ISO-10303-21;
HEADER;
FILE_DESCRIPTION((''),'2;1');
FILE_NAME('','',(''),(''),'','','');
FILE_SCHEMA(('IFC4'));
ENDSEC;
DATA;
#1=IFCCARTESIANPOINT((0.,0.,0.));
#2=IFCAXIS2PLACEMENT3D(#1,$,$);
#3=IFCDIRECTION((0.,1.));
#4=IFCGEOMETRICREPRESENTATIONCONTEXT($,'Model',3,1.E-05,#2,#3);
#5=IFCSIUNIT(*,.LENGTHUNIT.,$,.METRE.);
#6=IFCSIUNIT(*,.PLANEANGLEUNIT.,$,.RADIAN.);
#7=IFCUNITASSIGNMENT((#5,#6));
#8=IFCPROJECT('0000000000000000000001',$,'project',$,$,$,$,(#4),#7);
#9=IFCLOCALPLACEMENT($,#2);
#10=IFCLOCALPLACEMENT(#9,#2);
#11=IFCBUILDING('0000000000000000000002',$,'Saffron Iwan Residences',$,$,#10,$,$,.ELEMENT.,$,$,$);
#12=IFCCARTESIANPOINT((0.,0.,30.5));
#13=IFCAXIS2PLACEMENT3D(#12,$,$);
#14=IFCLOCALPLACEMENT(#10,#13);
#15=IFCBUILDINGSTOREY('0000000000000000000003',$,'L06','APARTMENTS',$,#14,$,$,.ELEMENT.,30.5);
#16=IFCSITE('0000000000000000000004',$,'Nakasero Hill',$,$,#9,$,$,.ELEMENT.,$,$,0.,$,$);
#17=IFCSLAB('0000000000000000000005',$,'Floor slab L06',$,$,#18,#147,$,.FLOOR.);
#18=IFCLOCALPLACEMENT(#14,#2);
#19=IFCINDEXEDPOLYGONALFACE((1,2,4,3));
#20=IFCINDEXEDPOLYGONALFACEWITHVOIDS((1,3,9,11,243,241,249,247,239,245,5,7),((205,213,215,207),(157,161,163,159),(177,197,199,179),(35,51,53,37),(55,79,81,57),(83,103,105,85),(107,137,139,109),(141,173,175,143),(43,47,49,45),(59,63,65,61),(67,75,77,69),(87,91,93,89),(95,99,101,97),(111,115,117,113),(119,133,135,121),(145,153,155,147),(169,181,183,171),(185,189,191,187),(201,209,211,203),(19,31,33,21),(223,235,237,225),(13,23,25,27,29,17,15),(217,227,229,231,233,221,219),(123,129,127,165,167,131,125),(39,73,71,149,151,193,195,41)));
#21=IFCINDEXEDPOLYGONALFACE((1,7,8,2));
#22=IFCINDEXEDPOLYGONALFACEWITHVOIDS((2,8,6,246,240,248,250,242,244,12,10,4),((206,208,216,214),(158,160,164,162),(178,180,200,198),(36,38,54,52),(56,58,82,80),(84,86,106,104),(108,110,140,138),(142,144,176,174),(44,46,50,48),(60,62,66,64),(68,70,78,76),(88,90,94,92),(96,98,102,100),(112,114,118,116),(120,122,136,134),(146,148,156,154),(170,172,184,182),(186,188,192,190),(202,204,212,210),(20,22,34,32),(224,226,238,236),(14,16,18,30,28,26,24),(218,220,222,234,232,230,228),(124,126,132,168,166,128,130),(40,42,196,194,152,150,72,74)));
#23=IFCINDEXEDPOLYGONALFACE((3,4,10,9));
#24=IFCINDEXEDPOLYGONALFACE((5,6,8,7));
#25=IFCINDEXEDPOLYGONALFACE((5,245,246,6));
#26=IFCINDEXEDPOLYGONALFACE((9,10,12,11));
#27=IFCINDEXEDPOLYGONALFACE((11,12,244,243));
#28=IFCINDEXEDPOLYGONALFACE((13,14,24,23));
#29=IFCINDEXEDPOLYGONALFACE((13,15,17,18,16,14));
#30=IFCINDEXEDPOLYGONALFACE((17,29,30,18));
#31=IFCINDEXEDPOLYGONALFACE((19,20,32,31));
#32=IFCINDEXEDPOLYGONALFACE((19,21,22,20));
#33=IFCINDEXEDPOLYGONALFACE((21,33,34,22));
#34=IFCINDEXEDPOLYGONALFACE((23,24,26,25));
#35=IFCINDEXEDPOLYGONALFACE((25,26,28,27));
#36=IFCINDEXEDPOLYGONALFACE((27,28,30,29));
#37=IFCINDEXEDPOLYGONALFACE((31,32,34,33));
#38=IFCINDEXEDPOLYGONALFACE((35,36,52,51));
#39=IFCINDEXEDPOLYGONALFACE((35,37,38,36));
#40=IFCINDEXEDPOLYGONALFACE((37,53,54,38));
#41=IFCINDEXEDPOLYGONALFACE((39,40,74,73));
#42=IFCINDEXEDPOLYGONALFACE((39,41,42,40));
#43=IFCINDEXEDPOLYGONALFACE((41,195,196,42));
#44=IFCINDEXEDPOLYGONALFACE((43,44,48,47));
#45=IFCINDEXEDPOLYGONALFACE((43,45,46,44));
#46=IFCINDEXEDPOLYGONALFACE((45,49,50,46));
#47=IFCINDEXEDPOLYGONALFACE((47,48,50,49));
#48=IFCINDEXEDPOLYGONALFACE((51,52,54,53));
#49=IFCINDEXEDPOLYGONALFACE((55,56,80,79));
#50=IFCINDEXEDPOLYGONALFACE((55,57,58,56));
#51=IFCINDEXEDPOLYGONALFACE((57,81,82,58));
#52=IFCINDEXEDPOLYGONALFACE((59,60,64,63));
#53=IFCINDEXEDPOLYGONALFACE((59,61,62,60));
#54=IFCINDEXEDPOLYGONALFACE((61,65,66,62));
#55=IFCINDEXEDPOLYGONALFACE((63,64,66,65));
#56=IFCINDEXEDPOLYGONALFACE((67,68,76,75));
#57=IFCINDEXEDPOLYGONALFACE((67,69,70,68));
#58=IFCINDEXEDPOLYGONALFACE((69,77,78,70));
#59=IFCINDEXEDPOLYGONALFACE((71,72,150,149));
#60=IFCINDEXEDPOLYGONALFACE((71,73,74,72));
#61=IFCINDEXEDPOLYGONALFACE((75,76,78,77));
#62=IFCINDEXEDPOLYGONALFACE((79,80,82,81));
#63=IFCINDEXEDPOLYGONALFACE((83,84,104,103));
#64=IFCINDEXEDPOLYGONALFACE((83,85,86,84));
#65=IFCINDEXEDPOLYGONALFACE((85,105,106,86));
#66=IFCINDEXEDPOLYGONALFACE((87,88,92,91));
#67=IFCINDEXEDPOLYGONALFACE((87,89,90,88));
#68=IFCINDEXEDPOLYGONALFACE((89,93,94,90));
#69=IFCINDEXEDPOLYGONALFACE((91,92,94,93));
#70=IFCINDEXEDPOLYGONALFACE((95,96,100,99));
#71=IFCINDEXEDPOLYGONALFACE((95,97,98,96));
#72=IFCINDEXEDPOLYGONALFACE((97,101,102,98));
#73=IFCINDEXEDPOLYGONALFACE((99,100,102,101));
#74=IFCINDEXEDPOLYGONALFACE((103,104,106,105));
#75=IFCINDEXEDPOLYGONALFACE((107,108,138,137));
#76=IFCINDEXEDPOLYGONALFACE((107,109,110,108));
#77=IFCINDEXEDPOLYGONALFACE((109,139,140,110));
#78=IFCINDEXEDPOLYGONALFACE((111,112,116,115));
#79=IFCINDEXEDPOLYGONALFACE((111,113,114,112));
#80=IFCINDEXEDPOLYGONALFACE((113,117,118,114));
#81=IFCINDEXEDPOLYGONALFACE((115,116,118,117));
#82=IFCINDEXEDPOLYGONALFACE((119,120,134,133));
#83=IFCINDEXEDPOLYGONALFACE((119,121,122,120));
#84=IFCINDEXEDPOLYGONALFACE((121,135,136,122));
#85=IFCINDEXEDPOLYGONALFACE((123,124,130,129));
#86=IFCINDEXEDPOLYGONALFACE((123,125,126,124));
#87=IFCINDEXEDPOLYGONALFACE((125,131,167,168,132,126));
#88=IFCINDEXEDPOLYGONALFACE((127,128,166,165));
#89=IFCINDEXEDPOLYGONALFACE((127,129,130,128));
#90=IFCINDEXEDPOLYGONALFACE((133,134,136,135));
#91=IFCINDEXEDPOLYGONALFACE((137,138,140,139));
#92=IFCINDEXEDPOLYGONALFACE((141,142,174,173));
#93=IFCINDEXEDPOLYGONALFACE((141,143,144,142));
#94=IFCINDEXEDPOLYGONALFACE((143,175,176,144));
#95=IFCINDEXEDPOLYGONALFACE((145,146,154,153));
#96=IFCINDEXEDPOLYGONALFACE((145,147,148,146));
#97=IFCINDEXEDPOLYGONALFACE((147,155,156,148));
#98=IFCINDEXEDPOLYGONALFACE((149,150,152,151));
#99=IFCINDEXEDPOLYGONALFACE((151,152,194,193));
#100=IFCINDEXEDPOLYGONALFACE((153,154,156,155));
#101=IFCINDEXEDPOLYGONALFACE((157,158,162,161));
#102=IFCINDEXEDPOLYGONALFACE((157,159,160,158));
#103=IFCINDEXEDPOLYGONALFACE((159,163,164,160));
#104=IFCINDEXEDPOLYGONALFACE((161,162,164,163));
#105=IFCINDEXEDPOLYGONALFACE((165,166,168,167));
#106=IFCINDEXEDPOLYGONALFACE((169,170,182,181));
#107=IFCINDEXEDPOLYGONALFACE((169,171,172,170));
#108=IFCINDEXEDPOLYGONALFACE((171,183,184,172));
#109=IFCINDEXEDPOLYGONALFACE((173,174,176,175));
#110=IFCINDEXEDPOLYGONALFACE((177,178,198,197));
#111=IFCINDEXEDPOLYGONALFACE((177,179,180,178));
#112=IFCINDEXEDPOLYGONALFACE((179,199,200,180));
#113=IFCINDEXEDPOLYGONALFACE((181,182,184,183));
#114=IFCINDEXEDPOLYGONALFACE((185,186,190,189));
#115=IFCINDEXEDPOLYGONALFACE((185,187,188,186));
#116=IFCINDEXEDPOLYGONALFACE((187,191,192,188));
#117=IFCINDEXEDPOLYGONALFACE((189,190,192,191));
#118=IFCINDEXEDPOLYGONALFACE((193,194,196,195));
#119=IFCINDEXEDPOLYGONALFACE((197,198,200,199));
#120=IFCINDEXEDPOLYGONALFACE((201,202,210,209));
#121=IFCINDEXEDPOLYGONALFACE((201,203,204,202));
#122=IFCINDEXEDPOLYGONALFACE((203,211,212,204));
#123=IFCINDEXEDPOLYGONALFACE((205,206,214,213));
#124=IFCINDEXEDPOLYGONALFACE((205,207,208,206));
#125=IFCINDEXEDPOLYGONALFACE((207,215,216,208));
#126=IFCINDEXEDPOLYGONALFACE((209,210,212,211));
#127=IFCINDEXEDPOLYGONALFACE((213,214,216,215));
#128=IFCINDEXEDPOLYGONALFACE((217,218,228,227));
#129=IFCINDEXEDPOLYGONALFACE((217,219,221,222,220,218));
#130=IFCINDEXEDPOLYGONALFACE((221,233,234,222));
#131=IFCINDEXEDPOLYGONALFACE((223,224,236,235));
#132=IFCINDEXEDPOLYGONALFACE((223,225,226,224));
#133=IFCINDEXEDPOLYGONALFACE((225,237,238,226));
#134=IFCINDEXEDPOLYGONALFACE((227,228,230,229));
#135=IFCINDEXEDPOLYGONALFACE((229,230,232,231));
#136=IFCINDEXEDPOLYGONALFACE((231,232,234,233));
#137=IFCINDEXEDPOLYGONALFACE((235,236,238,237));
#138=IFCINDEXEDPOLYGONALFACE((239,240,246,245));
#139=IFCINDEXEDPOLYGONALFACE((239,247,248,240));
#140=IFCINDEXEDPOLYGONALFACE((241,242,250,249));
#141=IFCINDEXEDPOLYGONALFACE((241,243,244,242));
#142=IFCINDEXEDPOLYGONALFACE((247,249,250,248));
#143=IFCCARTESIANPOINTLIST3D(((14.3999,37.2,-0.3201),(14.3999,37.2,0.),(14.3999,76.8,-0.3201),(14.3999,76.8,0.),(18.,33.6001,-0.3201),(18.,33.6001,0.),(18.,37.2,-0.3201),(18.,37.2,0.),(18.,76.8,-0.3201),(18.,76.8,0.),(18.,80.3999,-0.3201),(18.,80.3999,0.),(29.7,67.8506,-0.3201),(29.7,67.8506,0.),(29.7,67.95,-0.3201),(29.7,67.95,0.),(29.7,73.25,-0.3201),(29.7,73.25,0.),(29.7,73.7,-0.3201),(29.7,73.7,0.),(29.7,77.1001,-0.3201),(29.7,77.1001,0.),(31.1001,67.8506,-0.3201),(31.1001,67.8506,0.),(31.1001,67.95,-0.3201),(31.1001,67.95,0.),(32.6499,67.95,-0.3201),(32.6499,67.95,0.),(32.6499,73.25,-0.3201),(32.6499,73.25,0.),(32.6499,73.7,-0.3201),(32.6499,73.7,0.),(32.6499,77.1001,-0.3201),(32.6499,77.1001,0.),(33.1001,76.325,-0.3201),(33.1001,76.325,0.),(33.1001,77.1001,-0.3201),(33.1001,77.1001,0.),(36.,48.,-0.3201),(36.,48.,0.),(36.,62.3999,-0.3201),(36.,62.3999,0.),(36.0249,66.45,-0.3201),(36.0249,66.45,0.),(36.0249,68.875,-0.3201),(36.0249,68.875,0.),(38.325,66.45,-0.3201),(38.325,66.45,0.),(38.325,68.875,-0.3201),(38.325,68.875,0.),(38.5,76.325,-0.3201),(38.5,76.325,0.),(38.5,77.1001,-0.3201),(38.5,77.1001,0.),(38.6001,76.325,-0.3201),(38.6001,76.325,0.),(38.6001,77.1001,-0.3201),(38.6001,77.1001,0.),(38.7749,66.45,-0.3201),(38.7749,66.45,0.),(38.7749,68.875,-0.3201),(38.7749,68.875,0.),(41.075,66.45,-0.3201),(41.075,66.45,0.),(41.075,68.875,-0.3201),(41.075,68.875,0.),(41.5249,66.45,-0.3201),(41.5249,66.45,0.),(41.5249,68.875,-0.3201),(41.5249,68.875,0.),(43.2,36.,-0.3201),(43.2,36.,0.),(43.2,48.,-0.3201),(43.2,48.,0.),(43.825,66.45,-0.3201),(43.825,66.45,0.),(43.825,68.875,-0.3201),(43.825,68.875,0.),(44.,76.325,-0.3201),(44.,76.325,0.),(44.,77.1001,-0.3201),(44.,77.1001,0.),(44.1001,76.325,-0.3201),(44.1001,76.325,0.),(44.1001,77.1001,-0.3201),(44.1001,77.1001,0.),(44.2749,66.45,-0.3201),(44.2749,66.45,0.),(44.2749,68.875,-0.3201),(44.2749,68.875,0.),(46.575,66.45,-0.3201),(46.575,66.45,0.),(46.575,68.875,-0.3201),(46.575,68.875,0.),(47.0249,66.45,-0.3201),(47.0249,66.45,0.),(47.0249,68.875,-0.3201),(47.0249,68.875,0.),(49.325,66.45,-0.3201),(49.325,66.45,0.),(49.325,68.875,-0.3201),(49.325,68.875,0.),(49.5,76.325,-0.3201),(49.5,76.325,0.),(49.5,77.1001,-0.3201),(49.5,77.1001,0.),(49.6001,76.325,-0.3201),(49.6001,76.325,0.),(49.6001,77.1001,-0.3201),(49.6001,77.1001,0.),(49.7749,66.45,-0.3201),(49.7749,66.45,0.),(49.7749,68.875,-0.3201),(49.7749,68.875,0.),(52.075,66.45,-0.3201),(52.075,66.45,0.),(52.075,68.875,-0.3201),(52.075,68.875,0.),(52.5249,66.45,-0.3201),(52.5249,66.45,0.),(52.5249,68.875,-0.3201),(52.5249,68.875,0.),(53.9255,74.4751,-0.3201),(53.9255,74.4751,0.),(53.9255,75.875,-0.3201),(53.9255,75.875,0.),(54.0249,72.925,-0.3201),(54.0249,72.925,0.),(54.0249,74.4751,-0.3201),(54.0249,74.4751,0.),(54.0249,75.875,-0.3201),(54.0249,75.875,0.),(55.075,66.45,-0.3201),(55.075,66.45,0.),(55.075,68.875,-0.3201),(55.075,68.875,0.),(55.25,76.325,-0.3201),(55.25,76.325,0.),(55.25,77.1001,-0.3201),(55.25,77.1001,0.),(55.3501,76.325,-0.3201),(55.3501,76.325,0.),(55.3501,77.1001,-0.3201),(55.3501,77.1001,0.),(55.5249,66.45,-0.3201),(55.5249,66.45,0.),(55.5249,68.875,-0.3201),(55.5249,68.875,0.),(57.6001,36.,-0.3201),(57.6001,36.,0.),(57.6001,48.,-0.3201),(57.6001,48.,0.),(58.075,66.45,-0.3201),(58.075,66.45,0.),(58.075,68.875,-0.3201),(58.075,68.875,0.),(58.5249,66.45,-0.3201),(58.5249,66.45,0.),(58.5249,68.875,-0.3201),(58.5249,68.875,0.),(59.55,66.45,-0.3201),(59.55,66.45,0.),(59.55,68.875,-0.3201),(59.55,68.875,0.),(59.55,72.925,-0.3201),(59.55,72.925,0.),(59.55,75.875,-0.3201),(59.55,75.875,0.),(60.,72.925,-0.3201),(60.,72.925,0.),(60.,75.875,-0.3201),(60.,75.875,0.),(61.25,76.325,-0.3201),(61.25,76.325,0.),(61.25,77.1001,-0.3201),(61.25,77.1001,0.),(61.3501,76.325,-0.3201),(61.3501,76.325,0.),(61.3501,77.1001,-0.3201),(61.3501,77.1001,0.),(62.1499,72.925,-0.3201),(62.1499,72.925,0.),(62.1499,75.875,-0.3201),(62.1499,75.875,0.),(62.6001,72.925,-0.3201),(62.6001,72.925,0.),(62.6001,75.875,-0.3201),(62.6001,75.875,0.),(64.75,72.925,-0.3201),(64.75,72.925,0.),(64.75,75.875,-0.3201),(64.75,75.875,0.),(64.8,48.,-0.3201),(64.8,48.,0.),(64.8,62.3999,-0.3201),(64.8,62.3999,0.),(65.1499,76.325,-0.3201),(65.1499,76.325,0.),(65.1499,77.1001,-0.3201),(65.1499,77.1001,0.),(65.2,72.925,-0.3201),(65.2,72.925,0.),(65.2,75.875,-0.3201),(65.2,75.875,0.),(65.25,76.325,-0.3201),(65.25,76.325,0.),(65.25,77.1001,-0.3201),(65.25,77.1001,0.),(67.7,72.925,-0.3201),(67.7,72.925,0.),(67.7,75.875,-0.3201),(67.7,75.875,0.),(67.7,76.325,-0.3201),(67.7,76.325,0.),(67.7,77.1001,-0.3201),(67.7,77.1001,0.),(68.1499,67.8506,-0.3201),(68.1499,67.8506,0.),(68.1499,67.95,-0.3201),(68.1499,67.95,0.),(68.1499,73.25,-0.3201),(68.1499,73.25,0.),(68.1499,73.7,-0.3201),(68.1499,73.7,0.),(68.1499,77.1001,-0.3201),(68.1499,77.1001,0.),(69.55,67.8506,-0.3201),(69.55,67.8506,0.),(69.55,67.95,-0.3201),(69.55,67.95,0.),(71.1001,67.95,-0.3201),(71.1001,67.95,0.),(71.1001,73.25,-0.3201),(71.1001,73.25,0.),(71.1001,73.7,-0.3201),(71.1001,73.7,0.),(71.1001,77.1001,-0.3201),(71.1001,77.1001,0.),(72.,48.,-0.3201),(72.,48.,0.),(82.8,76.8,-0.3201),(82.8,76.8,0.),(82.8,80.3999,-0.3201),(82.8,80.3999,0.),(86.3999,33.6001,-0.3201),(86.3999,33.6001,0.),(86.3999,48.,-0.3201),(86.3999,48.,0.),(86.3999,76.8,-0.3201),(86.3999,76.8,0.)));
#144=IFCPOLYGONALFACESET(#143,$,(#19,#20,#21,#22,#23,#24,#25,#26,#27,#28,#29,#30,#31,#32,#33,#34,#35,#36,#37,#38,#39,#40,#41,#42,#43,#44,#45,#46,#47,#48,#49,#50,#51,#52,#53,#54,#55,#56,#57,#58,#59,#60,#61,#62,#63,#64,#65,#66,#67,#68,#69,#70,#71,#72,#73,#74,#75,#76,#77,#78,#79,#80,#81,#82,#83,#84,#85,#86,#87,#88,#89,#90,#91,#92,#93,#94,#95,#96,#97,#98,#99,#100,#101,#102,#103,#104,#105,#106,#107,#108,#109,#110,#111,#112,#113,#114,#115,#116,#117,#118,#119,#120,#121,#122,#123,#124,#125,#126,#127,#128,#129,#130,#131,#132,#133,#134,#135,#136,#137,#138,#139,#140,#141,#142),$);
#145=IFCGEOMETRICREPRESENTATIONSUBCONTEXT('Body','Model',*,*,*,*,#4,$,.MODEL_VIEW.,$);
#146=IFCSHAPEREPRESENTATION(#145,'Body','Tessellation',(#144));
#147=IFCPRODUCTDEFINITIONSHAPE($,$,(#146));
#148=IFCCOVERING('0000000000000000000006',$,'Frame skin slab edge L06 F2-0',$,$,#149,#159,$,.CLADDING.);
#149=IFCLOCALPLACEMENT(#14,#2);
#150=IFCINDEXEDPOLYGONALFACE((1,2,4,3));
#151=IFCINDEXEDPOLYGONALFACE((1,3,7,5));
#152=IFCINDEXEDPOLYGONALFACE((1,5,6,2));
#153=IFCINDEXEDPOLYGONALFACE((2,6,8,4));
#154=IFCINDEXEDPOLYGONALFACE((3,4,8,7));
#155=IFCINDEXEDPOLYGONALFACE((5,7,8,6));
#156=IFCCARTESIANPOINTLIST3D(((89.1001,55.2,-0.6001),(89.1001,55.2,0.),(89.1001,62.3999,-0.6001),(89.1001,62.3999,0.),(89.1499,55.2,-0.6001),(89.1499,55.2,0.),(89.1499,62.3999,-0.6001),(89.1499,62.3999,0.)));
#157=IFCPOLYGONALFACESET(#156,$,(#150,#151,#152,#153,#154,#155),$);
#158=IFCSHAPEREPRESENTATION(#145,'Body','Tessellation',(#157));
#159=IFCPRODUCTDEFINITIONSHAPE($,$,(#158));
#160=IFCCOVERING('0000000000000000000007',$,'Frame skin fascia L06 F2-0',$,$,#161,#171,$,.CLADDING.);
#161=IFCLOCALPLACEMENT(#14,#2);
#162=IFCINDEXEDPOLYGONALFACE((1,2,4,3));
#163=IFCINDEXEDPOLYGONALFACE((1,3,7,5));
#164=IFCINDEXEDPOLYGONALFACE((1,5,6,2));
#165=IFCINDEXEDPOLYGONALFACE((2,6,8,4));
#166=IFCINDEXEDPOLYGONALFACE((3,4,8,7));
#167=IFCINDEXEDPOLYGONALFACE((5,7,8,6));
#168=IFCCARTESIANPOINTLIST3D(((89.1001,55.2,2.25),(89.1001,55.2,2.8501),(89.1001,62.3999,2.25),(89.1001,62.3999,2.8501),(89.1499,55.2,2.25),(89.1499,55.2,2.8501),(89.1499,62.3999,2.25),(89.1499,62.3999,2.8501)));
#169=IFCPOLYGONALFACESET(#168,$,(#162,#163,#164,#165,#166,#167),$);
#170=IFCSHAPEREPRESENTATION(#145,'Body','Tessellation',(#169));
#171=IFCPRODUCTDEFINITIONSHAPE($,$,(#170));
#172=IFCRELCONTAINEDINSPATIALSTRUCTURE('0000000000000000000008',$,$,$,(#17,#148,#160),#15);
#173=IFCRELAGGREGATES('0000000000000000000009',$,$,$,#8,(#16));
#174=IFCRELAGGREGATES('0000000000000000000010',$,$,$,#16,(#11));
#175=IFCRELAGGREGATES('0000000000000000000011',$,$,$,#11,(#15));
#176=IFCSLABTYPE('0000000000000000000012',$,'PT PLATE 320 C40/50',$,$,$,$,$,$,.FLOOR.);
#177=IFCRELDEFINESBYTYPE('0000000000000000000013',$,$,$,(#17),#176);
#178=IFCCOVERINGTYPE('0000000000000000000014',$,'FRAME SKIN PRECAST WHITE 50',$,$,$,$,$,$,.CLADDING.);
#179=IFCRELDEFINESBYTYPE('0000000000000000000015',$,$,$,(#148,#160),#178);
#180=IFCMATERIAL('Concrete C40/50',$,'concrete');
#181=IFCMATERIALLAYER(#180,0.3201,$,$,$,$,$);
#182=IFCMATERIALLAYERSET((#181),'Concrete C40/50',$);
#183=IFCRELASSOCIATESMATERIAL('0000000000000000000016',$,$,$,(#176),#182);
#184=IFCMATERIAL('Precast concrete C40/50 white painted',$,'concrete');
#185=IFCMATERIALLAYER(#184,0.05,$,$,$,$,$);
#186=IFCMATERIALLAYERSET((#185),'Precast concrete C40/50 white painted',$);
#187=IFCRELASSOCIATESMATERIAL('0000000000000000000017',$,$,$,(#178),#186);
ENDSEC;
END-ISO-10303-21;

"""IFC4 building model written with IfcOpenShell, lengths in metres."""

from ifc_helpers import new_model, si_unit, direction, frame, origin, place, context, subcontext, project, spatial, polyline, outline, extrude, material, layer, layer_set, type_object, element, save


model = new_model("IFC4")

# Units and contexts
model_context = context("Model", 3, precision=1e-05, world=origin(), true_north=direction((0.0, 1.0)))
body_context = subcontext(model_context, "Body", "Model", "MODEL_VIEW")
ifc_project = project(units=[si_unit("LENGTHUNIT", "METRE"), si_unit("PLANEANGLEUNIT", "RADIAN")], contexts=[model_context])

# Site, building, storey
site_placement = place(None, origin())
site = spatial("IfcSite", under=ifc_project, at=site_placement, Name="Nakasero Hill", CompositionType="ELEMENT", RefElevation=0.0)
building_placement = place(site_placement, origin())
building = spatial("IfcBuilding", under=site, at=building_placement, Name="Saffron Iwan Residences", CompositionType="ELEMENT")
storey_placement = place(building_placement, frame((0.0, 0.0, 30.5)))
storey = spatial("IfcBuildingStorey", under=building, at=storey_placement, Name="L06", Description="APARTMENTS", CompositionType="ELEMENT", Elevation=30.5)

# Slab
ifc_material_1 = material(Name="Concrete C40/50", Category="concrete")
ifc_layer_1 = layer(ifc_material_1, 0.3201)
ifc_layer_set_1 = layer_set([ifc_layer_1], Name="Concrete C40/50")
slab_type_1 = type_object("IfcSlabType", Name="PT PLATE 320 C40/50", PredefinedType="FLOOR", material=ifc_layer_set_1)
slab_1_placement = place(storey_placement, frame((0.0, 0.0, -0.3201)))
element("IfcSlab", 1, at=slab_1_placement, inside=storey, type_object=slab_type_1, Name="Floor slab L06", PredefinedType="FLOOR", context=body_context, shape_type="SweptSolid", body=[
    extrude(outline(polyline([(14.3999, 37.2), (14.3999, 76.8), (18.0, 76.8), (18.0, 80.3999), (82.8, 80.3999), (82.8, 76.8), (86.3999, 76.8), (86.3999, 48.0), (72.0, 48.0), (86.3999, 33.6001), (18.0, 33.6001), (18.0, 37.2), (14.3999, 37.2)]), holes=[polyline([(64.8, 48.0), (64.8, 62.3999), (36.0, 62.3999), (36.0, 48.0), (43.2, 48.0), (43.2, 36.0), (57.6001, 36.0), (57.6001, 48.0), (64.8, 48.0)]), polyline([(38.325, 68.875), (36.0249, 68.875), (36.0249, 66.45), (38.325, 66.45), (38.325, 68.875)]), polyline([(41.075, 66.45), (41.075, 68.875), (38.7749, 68.875), (38.7749, 66.45), (41.075, 66.45)]), polyline([(43.825, 66.45), (43.825, 68.875), (41.5249, 68.875), (41.5249, 66.45), (43.825, 66.45)]), polyline([(46.575, 68.875), (44.2749, 68.875), (44.2749, 66.45), (46.575, 66.45), (46.575, 68.875)]), polyline([(49.325, 66.45), (49.325, 68.875), (47.0249, 68.875), (47.0249, 66.45), (49.325, 66.45)]), polyline([(52.075, 66.45), (52.075, 68.875), (49.7749, 68.875), (49.7749, 66.45), (52.075, 66.45)]), polyline([(29.7, 73.25), (29.7, 67.95), (29.7, 67.8506), (31.1001, 67.8506), (31.1001, 67.95), (32.6499, 67.95), (32.6499, 73.25), (29.7, 73.25)]), polyline([(32.6499, 73.7), (32.6499, 77.1001), (29.7, 77.1001), (29.7, 73.7), (32.6499, 73.7)]), polyline([(38.5, 76.325), (38.5, 77.1001), (33.1001, 77.1001), (33.1001, 76.325), (38.5, 76.325)]), polyline([(44.0, 77.1001), (38.6001, 77.1001), (38.6001, 76.325), (44.0, 76.325), (44.0, 77.1001)]), polyline([(49.5, 76.325), (49.5, 77.1001), (44.1001, 77.1001), (44.1001, 76.325), (49.5, 76.325)]), polyline([(55.25, 76.325), (55.25, 77.1001), (49.6001, 77.1001), (49.6001, 76.325), (55.25, 76.325)]), polyline([(55.075, 68.875), (52.5249, 68.875), (52.5249, 66.45), (55.075, 66.45), (55.075, 68.875)]), polyline([(58.075, 66.45), (58.075, 68.875), (55.5249, 68.875), (55.5249, 66.45), (58.075, 66.45)]), polyline([(59.55, 66.45), (59.55, 68.875), (58.5249, 68.875), (58.5249, 66.45), (59.55, 66.45)]), polyline([(68.1499, 73.25), (68.1499, 67.95), (68.1499, 67.8506), (69.55, 67.8506), (69.55, 67.95), (71.1001, 67.95), (71.1001, 73.25), (68.1499, 73.25)]), polyline([(53.9255, 74.4751), (54.0249, 74.4751), (54.0249, 72.925), (59.55, 72.925), (59.55, 75.875), (54.0249, 75.875), (53.9255, 75.875), (53.9255, 74.4751)]), polyline([(62.1499, 72.925), (62.1499, 75.875), (60.0, 75.875), (60.0, 72.925), (62.1499, 72.925)]), polyline([(64.75, 75.875), (62.6001, 75.875), (62.6001, 72.925), (64.75, 72.925), (64.75, 75.875)]), polyline([(67.7, 72.925), (67.7, 75.875), (65.2, 75.875), (65.2, 72.925), (67.7, 72.925)]), polyline([(71.1001, 73.7), (71.1001, 77.1001), (68.1499, 77.1001), (68.1499, 73.7), (71.1001, 73.7)]), polyline([(61.25, 77.1001), (55.3501, 77.1001), (55.3501, 76.325), (61.25, 76.325), (61.25, 77.1001)]), polyline([(65.1499, 76.325), (65.1499, 77.1001), (61.3501, 77.1001), (61.3501, 76.325), (65.1499, 76.325)]), polyline([(67.7, 76.325), (67.7, 77.1001), (65.25, 77.1001), (65.25, 76.325), (67.7, 76.325)])]), origin(), (0.0, 0.0, 1.0), 0.3201),
])

# Coverings
ifc_material_2 = material(Name="Precast concrete C40/50 white painted", Category="concrete")
ifc_layer_2 = layer(ifc_material_2, 0.05)
ifc_layer_set_2 = layer_set([ifc_layer_2], Name="Precast concrete C40/50 white painted")
covering_type_1 = type_object("IfcCoveringType", Name="FRAME SKIN PRECAST WHITE 50", PredefinedType="CLADDING", material=ifc_layer_set_2)
for number, where, name in (
    (2, (0.0, 0.0, -0.6001), "Frame skin slab edge L06 F2-0"),
    (3, (0.0, 0.0, 2.25), "Frame skin fascia L06 F2-0"),
):
    element("IfcCovering", number, at=place(storey_placement, frame(where)), inside=storey, type_object=covering_type_1, Name=name, PredefinedType="CLADDING", context=body_context, shape_type="SweptSolid", body=[
        extrude(outline(polyline([(89.1499, 55.2), (89.1499, 62.3999), (89.1001, 62.3999), (89.1001, 55.2), (89.1499, 55.2)])), origin(), (0.0, 0.0, 1.0), 0.6001),
    ])

save(model, "model.ifc")
